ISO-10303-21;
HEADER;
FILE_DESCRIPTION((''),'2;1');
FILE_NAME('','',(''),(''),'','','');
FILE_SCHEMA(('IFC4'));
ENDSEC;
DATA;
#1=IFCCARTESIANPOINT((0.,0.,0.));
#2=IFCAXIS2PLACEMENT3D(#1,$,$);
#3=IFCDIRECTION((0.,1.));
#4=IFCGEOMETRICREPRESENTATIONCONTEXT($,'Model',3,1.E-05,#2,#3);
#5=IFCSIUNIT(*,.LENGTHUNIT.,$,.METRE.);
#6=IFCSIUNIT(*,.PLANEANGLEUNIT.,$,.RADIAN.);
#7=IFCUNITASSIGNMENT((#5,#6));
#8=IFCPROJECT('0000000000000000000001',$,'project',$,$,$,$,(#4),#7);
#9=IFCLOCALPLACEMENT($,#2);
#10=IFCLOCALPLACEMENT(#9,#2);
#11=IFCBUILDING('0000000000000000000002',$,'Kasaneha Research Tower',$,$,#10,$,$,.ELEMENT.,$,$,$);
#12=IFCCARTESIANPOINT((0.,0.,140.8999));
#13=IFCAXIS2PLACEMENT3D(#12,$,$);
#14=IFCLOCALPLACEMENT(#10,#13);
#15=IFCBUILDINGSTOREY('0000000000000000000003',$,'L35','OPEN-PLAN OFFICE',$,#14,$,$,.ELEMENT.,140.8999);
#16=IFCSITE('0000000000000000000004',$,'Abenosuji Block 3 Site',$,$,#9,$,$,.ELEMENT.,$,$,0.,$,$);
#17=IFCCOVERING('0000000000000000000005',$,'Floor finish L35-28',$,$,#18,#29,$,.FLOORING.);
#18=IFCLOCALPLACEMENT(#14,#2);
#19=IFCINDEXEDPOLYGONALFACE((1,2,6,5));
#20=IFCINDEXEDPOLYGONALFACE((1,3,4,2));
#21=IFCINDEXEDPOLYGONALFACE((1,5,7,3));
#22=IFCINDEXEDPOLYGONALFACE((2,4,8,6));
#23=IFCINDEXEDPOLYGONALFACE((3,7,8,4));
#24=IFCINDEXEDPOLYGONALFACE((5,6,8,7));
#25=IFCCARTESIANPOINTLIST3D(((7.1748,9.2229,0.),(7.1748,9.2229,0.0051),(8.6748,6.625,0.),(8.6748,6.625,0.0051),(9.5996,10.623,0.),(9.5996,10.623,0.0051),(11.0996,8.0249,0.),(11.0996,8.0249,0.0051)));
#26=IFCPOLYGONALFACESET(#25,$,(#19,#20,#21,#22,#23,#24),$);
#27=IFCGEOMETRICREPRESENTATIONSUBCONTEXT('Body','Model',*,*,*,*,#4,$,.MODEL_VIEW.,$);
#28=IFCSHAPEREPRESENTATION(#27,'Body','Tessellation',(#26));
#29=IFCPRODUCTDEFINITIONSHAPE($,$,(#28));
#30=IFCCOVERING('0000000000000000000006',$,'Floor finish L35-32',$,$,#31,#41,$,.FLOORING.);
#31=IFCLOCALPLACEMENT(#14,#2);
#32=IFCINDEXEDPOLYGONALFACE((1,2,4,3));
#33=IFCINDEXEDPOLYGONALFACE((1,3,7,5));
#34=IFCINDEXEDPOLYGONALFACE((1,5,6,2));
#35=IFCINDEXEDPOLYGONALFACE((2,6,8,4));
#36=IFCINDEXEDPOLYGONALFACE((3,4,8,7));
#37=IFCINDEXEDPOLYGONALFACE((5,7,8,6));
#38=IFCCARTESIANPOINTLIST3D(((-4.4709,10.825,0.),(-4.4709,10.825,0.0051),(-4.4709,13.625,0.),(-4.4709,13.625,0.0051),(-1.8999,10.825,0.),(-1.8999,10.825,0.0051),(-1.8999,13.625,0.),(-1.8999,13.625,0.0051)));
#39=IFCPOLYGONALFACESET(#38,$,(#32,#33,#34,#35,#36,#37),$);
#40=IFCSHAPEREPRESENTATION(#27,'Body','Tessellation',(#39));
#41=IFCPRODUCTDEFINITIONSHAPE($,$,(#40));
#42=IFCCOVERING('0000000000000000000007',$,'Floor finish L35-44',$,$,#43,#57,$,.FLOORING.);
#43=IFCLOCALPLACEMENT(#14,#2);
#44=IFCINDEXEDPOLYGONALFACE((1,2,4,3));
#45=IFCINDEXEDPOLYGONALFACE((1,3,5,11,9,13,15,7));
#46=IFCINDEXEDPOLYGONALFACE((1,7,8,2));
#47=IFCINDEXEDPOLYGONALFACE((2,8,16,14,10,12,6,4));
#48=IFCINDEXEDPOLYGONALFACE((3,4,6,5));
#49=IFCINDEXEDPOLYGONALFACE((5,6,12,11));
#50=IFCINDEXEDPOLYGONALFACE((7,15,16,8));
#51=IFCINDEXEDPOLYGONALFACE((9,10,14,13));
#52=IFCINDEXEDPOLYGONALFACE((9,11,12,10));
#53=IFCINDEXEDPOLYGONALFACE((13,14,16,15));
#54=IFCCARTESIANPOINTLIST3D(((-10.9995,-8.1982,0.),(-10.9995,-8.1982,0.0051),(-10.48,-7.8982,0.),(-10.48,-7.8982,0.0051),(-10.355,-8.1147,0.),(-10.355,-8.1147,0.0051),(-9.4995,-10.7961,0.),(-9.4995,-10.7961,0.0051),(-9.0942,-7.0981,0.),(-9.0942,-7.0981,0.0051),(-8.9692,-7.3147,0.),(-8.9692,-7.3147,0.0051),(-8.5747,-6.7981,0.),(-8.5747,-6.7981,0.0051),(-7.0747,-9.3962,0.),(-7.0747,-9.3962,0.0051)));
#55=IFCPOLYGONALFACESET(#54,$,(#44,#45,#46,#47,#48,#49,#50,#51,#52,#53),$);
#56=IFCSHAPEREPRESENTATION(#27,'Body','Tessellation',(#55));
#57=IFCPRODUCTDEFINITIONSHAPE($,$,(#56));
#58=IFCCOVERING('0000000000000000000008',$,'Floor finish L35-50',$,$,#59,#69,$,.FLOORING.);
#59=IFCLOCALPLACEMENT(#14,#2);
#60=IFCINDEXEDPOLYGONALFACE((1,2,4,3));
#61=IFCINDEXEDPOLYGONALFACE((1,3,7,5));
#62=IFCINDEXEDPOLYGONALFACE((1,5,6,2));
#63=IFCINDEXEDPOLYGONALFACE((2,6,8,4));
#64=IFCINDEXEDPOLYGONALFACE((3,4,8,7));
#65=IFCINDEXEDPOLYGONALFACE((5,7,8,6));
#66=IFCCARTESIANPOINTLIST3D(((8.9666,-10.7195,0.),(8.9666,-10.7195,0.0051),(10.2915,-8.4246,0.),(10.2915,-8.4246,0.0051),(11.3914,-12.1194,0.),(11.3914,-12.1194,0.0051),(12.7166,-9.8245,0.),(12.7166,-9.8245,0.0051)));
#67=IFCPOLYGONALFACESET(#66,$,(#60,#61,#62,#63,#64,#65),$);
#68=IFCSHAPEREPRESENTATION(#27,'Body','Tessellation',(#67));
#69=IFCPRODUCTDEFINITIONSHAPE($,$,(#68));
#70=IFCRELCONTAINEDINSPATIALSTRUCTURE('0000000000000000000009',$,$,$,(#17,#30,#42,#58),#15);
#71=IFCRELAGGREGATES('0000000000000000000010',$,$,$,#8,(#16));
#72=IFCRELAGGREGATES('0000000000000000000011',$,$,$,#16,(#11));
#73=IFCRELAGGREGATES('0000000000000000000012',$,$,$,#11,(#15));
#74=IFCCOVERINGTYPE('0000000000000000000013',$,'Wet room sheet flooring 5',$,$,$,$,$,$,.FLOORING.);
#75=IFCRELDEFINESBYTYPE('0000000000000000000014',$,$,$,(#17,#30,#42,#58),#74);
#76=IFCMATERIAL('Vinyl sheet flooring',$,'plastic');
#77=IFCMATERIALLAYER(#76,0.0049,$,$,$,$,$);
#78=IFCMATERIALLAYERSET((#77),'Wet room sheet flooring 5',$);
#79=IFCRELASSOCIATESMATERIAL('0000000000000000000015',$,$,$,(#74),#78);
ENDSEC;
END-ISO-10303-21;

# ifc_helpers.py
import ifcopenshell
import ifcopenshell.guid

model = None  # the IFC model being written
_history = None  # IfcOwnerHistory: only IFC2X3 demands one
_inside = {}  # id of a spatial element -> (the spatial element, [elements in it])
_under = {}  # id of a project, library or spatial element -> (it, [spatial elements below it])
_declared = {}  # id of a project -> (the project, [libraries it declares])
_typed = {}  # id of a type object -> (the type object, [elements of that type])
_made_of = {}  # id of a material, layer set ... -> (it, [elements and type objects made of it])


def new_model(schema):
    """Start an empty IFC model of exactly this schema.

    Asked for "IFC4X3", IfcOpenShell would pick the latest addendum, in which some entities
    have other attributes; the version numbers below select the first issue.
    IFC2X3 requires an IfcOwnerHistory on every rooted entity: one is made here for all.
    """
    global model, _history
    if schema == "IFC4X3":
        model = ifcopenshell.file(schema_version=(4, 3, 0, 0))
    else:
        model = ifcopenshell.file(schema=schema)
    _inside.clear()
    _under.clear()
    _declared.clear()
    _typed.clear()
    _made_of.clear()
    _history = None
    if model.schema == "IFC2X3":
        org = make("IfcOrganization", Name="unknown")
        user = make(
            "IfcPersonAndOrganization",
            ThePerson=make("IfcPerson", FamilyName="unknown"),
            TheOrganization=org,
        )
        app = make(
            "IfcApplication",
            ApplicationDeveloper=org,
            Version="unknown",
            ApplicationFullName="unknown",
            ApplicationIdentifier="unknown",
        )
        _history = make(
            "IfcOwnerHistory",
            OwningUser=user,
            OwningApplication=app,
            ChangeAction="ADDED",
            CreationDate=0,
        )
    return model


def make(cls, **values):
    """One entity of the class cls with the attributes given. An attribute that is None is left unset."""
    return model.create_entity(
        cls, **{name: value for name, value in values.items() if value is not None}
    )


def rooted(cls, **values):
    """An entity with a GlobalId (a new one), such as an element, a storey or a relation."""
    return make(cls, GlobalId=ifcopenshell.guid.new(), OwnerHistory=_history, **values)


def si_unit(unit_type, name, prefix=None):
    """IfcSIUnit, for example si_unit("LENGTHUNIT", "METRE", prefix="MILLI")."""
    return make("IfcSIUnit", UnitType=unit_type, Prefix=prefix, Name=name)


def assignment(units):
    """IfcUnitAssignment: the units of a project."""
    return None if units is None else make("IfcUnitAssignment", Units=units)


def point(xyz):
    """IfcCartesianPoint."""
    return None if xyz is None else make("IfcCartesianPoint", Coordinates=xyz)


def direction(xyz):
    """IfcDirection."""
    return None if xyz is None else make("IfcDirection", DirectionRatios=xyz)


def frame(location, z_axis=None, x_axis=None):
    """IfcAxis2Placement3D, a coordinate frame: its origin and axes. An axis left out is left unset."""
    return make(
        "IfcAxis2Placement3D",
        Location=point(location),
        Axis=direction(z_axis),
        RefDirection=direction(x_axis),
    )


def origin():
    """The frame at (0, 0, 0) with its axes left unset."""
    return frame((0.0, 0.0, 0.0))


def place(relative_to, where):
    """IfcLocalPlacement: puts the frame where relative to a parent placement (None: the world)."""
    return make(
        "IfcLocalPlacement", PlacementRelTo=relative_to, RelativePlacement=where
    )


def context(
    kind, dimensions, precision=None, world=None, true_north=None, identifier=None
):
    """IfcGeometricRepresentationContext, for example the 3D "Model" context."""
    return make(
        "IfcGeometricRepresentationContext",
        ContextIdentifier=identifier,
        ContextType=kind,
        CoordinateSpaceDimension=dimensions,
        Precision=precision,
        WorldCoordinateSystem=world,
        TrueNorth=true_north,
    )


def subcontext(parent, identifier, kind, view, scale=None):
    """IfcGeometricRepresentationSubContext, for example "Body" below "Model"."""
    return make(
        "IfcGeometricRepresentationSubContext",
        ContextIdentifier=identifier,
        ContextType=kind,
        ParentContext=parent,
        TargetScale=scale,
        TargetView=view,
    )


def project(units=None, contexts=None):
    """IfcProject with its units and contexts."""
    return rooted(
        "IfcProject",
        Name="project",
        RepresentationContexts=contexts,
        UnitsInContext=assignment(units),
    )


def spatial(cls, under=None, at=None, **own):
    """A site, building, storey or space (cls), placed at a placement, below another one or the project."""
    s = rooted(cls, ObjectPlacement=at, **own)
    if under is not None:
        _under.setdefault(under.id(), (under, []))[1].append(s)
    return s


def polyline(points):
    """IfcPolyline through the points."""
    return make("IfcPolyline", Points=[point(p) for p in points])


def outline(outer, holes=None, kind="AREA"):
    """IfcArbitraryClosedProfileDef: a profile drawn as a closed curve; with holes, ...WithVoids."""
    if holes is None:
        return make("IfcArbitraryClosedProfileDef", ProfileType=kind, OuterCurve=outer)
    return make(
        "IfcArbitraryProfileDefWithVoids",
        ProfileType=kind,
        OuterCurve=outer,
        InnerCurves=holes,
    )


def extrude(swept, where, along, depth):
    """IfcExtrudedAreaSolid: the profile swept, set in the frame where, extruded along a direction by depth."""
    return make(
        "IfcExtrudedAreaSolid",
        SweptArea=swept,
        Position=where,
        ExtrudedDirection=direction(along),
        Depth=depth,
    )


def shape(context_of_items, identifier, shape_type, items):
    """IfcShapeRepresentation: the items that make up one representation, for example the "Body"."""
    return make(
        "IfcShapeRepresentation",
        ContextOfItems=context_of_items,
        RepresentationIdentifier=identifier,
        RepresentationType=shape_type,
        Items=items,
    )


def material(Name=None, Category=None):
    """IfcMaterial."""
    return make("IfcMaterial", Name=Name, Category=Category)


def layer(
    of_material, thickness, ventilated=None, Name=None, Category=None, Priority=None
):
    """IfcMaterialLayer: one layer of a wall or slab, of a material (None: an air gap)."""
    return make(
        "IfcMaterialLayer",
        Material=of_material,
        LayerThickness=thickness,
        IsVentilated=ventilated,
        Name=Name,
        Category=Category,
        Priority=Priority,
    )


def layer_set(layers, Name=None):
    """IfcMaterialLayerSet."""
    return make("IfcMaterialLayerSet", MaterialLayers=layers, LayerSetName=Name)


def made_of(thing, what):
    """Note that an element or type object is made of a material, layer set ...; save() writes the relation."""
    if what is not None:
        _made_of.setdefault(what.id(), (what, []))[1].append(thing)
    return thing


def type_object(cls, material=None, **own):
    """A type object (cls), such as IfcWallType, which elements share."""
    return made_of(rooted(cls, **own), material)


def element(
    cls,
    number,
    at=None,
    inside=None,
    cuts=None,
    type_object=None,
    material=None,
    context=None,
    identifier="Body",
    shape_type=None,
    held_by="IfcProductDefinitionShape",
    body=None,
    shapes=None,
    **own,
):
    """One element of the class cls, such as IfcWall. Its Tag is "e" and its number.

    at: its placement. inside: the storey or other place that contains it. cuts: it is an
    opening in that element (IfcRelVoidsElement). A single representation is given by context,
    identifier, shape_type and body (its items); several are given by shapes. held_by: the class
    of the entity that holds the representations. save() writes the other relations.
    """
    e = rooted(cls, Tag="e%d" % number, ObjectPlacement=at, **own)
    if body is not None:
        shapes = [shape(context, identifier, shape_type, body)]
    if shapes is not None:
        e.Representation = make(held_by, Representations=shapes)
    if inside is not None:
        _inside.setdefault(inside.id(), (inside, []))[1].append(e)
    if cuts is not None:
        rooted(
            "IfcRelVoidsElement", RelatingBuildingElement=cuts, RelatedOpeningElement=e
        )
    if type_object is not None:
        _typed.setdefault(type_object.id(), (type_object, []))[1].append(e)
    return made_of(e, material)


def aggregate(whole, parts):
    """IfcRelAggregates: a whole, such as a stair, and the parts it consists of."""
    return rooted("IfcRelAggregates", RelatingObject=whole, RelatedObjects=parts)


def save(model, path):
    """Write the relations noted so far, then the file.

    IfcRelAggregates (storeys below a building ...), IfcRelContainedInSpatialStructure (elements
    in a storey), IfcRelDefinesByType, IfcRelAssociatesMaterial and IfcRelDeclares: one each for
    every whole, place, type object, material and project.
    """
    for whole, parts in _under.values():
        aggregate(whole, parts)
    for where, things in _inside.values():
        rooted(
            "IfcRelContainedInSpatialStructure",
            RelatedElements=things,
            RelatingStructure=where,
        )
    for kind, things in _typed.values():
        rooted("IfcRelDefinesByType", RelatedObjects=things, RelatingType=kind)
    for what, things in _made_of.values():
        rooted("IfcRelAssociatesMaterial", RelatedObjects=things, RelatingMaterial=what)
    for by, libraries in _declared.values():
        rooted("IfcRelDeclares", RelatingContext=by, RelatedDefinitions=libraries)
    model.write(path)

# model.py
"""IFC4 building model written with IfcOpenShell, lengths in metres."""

from ifc_helpers import new_model, si_unit, direction, frame, origin, place, context, subcontext, project, spatial, polyline, outline, extrude, material, layer, layer_set, type_object, element, save


model = new_model("IFC4")

# Units and contexts
model_context = context("Model", 3, precision=1e-05, world=origin(), true_north=direction((0.0, 1.0)))
body_context = subcontext(model_context, "Body", "Model", "MODEL_VIEW")
ifc_project = project(units=[si_unit("LENGTHUNIT", "METRE"), si_unit("PLANEANGLEUNIT", "RADIAN")], contexts=[model_context])

# Site, building, storey
site_placement = place(None, origin())
site = spatial("IfcSite", under=ifc_project, at=site_placement, Name="Abenosuji Block 3 Site", CompositionType="ELEMENT", RefElevation=0.0)
building_placement = place(site_placement, origin())
building = spatial("IfcBuilding", under=site, at=building_placement, Name="Kasaneha Research Tower", CompositionType="ELEMENT")
storey_placement = place(building_placement, frame((0.0, 0.0, 140.8999)))
storey = spatial("IfcBuildingStorey", under=building, at=storey_placement, Name="L35", Description="OPEN-PLAN OFFICE", CompositionType="ELEMENT", Elevation=140.8999)

# Coverings
ifc_material_1 = material(Name="Vinyl sheet flooring", Category="plastic")
ifc_layer_1 = layer(ifc_material_1, 0.0049)
ifc_layer_set_1 = layer_set([ifc_layer_1], Name="Wet room sheet flooring 5")
covering_type_1 = type_object("IfcCoveringType", Name="Wet room sheet flooring 5", PredefinedType="FLOORING", material=ifc_layer_set_1)
covering_1_placement = place(storey_placement, origin())
element("IfcCovering", 1, at=covering_1_placement, inside=storey, type_object=covering_type_1, Name="Floor finish L35-28", PredefinedType="FLOORING", context=body_context, shape_type="SweptSolid", body=[
    extrude(outline(polyline([(11.0996, 8.0249), (8.6748, 6.625), (7.1748, 9.2229), (9.5996, 10.623), (11.0996, 8.0249)])), origin(), (0.0, 0.0, 1.0), 0.0051),
])
covering_2_placement = place(storey_placement, origin())
element("IfcCovering", 2, at=covering_2_placement, inside=storey, type_object=covering_type_1, Name="Floor finish L35-32", PredefinedType="FLOORING", context=body_context, shape_type="SweptSolid", body=[
    extrude(outline(polyline([(-1.8999, 13.625), (-1.8999, 10.825), (-4.4709, 10.825), (-4.4709, 13.625), (-1.8999, 13.625)])), origin(), (0.0, 0.0, 1.0), 0.0051),
])
covering_3_placement = place(storey_placement, origin())
element("IfcCovering", 3, at=covering_3_placement, inside=storey, type_object=covering_type_1, Name="Floor finish L35-44", PredefinedType="FLOORING", context=body_context, shape_type="SweptSolid", body=[
    extrude(outline(polyline([(-10.9995, -8.1982), (-10.48, -7.8982), (-10.355, -8.1147), (-8.9692, -7.3147), (-9.0942, -7.0981), (-8.5747, -6.7981), (-7.0747, -9.3962), (-9.4995, -10.7961), (-10.9995, -8.1982)])), origin(), (0.0, 0.0, 1.0), 0.0051),
])
covering_4_placement = place(storey_placement, origin())
element("IfcCovering", 4, at=covering_4_placement, inside=storey, type_object=covering_type_1, Name="Floor finish L35-50", PredefinedType="FLOORING", context=body_context, shape_type="SweptSolid", body=[
    extrude(outline(polyline([(11.3914, -12.1194), (8.9666, -10.7195), (10.2915, -8.4246), (12.7166, -9.8245), (11.3914, -12.1194)])), origin(), (0.0, 0.0, 1.0), 0.0051),
])

save(model, "model.ifc")
